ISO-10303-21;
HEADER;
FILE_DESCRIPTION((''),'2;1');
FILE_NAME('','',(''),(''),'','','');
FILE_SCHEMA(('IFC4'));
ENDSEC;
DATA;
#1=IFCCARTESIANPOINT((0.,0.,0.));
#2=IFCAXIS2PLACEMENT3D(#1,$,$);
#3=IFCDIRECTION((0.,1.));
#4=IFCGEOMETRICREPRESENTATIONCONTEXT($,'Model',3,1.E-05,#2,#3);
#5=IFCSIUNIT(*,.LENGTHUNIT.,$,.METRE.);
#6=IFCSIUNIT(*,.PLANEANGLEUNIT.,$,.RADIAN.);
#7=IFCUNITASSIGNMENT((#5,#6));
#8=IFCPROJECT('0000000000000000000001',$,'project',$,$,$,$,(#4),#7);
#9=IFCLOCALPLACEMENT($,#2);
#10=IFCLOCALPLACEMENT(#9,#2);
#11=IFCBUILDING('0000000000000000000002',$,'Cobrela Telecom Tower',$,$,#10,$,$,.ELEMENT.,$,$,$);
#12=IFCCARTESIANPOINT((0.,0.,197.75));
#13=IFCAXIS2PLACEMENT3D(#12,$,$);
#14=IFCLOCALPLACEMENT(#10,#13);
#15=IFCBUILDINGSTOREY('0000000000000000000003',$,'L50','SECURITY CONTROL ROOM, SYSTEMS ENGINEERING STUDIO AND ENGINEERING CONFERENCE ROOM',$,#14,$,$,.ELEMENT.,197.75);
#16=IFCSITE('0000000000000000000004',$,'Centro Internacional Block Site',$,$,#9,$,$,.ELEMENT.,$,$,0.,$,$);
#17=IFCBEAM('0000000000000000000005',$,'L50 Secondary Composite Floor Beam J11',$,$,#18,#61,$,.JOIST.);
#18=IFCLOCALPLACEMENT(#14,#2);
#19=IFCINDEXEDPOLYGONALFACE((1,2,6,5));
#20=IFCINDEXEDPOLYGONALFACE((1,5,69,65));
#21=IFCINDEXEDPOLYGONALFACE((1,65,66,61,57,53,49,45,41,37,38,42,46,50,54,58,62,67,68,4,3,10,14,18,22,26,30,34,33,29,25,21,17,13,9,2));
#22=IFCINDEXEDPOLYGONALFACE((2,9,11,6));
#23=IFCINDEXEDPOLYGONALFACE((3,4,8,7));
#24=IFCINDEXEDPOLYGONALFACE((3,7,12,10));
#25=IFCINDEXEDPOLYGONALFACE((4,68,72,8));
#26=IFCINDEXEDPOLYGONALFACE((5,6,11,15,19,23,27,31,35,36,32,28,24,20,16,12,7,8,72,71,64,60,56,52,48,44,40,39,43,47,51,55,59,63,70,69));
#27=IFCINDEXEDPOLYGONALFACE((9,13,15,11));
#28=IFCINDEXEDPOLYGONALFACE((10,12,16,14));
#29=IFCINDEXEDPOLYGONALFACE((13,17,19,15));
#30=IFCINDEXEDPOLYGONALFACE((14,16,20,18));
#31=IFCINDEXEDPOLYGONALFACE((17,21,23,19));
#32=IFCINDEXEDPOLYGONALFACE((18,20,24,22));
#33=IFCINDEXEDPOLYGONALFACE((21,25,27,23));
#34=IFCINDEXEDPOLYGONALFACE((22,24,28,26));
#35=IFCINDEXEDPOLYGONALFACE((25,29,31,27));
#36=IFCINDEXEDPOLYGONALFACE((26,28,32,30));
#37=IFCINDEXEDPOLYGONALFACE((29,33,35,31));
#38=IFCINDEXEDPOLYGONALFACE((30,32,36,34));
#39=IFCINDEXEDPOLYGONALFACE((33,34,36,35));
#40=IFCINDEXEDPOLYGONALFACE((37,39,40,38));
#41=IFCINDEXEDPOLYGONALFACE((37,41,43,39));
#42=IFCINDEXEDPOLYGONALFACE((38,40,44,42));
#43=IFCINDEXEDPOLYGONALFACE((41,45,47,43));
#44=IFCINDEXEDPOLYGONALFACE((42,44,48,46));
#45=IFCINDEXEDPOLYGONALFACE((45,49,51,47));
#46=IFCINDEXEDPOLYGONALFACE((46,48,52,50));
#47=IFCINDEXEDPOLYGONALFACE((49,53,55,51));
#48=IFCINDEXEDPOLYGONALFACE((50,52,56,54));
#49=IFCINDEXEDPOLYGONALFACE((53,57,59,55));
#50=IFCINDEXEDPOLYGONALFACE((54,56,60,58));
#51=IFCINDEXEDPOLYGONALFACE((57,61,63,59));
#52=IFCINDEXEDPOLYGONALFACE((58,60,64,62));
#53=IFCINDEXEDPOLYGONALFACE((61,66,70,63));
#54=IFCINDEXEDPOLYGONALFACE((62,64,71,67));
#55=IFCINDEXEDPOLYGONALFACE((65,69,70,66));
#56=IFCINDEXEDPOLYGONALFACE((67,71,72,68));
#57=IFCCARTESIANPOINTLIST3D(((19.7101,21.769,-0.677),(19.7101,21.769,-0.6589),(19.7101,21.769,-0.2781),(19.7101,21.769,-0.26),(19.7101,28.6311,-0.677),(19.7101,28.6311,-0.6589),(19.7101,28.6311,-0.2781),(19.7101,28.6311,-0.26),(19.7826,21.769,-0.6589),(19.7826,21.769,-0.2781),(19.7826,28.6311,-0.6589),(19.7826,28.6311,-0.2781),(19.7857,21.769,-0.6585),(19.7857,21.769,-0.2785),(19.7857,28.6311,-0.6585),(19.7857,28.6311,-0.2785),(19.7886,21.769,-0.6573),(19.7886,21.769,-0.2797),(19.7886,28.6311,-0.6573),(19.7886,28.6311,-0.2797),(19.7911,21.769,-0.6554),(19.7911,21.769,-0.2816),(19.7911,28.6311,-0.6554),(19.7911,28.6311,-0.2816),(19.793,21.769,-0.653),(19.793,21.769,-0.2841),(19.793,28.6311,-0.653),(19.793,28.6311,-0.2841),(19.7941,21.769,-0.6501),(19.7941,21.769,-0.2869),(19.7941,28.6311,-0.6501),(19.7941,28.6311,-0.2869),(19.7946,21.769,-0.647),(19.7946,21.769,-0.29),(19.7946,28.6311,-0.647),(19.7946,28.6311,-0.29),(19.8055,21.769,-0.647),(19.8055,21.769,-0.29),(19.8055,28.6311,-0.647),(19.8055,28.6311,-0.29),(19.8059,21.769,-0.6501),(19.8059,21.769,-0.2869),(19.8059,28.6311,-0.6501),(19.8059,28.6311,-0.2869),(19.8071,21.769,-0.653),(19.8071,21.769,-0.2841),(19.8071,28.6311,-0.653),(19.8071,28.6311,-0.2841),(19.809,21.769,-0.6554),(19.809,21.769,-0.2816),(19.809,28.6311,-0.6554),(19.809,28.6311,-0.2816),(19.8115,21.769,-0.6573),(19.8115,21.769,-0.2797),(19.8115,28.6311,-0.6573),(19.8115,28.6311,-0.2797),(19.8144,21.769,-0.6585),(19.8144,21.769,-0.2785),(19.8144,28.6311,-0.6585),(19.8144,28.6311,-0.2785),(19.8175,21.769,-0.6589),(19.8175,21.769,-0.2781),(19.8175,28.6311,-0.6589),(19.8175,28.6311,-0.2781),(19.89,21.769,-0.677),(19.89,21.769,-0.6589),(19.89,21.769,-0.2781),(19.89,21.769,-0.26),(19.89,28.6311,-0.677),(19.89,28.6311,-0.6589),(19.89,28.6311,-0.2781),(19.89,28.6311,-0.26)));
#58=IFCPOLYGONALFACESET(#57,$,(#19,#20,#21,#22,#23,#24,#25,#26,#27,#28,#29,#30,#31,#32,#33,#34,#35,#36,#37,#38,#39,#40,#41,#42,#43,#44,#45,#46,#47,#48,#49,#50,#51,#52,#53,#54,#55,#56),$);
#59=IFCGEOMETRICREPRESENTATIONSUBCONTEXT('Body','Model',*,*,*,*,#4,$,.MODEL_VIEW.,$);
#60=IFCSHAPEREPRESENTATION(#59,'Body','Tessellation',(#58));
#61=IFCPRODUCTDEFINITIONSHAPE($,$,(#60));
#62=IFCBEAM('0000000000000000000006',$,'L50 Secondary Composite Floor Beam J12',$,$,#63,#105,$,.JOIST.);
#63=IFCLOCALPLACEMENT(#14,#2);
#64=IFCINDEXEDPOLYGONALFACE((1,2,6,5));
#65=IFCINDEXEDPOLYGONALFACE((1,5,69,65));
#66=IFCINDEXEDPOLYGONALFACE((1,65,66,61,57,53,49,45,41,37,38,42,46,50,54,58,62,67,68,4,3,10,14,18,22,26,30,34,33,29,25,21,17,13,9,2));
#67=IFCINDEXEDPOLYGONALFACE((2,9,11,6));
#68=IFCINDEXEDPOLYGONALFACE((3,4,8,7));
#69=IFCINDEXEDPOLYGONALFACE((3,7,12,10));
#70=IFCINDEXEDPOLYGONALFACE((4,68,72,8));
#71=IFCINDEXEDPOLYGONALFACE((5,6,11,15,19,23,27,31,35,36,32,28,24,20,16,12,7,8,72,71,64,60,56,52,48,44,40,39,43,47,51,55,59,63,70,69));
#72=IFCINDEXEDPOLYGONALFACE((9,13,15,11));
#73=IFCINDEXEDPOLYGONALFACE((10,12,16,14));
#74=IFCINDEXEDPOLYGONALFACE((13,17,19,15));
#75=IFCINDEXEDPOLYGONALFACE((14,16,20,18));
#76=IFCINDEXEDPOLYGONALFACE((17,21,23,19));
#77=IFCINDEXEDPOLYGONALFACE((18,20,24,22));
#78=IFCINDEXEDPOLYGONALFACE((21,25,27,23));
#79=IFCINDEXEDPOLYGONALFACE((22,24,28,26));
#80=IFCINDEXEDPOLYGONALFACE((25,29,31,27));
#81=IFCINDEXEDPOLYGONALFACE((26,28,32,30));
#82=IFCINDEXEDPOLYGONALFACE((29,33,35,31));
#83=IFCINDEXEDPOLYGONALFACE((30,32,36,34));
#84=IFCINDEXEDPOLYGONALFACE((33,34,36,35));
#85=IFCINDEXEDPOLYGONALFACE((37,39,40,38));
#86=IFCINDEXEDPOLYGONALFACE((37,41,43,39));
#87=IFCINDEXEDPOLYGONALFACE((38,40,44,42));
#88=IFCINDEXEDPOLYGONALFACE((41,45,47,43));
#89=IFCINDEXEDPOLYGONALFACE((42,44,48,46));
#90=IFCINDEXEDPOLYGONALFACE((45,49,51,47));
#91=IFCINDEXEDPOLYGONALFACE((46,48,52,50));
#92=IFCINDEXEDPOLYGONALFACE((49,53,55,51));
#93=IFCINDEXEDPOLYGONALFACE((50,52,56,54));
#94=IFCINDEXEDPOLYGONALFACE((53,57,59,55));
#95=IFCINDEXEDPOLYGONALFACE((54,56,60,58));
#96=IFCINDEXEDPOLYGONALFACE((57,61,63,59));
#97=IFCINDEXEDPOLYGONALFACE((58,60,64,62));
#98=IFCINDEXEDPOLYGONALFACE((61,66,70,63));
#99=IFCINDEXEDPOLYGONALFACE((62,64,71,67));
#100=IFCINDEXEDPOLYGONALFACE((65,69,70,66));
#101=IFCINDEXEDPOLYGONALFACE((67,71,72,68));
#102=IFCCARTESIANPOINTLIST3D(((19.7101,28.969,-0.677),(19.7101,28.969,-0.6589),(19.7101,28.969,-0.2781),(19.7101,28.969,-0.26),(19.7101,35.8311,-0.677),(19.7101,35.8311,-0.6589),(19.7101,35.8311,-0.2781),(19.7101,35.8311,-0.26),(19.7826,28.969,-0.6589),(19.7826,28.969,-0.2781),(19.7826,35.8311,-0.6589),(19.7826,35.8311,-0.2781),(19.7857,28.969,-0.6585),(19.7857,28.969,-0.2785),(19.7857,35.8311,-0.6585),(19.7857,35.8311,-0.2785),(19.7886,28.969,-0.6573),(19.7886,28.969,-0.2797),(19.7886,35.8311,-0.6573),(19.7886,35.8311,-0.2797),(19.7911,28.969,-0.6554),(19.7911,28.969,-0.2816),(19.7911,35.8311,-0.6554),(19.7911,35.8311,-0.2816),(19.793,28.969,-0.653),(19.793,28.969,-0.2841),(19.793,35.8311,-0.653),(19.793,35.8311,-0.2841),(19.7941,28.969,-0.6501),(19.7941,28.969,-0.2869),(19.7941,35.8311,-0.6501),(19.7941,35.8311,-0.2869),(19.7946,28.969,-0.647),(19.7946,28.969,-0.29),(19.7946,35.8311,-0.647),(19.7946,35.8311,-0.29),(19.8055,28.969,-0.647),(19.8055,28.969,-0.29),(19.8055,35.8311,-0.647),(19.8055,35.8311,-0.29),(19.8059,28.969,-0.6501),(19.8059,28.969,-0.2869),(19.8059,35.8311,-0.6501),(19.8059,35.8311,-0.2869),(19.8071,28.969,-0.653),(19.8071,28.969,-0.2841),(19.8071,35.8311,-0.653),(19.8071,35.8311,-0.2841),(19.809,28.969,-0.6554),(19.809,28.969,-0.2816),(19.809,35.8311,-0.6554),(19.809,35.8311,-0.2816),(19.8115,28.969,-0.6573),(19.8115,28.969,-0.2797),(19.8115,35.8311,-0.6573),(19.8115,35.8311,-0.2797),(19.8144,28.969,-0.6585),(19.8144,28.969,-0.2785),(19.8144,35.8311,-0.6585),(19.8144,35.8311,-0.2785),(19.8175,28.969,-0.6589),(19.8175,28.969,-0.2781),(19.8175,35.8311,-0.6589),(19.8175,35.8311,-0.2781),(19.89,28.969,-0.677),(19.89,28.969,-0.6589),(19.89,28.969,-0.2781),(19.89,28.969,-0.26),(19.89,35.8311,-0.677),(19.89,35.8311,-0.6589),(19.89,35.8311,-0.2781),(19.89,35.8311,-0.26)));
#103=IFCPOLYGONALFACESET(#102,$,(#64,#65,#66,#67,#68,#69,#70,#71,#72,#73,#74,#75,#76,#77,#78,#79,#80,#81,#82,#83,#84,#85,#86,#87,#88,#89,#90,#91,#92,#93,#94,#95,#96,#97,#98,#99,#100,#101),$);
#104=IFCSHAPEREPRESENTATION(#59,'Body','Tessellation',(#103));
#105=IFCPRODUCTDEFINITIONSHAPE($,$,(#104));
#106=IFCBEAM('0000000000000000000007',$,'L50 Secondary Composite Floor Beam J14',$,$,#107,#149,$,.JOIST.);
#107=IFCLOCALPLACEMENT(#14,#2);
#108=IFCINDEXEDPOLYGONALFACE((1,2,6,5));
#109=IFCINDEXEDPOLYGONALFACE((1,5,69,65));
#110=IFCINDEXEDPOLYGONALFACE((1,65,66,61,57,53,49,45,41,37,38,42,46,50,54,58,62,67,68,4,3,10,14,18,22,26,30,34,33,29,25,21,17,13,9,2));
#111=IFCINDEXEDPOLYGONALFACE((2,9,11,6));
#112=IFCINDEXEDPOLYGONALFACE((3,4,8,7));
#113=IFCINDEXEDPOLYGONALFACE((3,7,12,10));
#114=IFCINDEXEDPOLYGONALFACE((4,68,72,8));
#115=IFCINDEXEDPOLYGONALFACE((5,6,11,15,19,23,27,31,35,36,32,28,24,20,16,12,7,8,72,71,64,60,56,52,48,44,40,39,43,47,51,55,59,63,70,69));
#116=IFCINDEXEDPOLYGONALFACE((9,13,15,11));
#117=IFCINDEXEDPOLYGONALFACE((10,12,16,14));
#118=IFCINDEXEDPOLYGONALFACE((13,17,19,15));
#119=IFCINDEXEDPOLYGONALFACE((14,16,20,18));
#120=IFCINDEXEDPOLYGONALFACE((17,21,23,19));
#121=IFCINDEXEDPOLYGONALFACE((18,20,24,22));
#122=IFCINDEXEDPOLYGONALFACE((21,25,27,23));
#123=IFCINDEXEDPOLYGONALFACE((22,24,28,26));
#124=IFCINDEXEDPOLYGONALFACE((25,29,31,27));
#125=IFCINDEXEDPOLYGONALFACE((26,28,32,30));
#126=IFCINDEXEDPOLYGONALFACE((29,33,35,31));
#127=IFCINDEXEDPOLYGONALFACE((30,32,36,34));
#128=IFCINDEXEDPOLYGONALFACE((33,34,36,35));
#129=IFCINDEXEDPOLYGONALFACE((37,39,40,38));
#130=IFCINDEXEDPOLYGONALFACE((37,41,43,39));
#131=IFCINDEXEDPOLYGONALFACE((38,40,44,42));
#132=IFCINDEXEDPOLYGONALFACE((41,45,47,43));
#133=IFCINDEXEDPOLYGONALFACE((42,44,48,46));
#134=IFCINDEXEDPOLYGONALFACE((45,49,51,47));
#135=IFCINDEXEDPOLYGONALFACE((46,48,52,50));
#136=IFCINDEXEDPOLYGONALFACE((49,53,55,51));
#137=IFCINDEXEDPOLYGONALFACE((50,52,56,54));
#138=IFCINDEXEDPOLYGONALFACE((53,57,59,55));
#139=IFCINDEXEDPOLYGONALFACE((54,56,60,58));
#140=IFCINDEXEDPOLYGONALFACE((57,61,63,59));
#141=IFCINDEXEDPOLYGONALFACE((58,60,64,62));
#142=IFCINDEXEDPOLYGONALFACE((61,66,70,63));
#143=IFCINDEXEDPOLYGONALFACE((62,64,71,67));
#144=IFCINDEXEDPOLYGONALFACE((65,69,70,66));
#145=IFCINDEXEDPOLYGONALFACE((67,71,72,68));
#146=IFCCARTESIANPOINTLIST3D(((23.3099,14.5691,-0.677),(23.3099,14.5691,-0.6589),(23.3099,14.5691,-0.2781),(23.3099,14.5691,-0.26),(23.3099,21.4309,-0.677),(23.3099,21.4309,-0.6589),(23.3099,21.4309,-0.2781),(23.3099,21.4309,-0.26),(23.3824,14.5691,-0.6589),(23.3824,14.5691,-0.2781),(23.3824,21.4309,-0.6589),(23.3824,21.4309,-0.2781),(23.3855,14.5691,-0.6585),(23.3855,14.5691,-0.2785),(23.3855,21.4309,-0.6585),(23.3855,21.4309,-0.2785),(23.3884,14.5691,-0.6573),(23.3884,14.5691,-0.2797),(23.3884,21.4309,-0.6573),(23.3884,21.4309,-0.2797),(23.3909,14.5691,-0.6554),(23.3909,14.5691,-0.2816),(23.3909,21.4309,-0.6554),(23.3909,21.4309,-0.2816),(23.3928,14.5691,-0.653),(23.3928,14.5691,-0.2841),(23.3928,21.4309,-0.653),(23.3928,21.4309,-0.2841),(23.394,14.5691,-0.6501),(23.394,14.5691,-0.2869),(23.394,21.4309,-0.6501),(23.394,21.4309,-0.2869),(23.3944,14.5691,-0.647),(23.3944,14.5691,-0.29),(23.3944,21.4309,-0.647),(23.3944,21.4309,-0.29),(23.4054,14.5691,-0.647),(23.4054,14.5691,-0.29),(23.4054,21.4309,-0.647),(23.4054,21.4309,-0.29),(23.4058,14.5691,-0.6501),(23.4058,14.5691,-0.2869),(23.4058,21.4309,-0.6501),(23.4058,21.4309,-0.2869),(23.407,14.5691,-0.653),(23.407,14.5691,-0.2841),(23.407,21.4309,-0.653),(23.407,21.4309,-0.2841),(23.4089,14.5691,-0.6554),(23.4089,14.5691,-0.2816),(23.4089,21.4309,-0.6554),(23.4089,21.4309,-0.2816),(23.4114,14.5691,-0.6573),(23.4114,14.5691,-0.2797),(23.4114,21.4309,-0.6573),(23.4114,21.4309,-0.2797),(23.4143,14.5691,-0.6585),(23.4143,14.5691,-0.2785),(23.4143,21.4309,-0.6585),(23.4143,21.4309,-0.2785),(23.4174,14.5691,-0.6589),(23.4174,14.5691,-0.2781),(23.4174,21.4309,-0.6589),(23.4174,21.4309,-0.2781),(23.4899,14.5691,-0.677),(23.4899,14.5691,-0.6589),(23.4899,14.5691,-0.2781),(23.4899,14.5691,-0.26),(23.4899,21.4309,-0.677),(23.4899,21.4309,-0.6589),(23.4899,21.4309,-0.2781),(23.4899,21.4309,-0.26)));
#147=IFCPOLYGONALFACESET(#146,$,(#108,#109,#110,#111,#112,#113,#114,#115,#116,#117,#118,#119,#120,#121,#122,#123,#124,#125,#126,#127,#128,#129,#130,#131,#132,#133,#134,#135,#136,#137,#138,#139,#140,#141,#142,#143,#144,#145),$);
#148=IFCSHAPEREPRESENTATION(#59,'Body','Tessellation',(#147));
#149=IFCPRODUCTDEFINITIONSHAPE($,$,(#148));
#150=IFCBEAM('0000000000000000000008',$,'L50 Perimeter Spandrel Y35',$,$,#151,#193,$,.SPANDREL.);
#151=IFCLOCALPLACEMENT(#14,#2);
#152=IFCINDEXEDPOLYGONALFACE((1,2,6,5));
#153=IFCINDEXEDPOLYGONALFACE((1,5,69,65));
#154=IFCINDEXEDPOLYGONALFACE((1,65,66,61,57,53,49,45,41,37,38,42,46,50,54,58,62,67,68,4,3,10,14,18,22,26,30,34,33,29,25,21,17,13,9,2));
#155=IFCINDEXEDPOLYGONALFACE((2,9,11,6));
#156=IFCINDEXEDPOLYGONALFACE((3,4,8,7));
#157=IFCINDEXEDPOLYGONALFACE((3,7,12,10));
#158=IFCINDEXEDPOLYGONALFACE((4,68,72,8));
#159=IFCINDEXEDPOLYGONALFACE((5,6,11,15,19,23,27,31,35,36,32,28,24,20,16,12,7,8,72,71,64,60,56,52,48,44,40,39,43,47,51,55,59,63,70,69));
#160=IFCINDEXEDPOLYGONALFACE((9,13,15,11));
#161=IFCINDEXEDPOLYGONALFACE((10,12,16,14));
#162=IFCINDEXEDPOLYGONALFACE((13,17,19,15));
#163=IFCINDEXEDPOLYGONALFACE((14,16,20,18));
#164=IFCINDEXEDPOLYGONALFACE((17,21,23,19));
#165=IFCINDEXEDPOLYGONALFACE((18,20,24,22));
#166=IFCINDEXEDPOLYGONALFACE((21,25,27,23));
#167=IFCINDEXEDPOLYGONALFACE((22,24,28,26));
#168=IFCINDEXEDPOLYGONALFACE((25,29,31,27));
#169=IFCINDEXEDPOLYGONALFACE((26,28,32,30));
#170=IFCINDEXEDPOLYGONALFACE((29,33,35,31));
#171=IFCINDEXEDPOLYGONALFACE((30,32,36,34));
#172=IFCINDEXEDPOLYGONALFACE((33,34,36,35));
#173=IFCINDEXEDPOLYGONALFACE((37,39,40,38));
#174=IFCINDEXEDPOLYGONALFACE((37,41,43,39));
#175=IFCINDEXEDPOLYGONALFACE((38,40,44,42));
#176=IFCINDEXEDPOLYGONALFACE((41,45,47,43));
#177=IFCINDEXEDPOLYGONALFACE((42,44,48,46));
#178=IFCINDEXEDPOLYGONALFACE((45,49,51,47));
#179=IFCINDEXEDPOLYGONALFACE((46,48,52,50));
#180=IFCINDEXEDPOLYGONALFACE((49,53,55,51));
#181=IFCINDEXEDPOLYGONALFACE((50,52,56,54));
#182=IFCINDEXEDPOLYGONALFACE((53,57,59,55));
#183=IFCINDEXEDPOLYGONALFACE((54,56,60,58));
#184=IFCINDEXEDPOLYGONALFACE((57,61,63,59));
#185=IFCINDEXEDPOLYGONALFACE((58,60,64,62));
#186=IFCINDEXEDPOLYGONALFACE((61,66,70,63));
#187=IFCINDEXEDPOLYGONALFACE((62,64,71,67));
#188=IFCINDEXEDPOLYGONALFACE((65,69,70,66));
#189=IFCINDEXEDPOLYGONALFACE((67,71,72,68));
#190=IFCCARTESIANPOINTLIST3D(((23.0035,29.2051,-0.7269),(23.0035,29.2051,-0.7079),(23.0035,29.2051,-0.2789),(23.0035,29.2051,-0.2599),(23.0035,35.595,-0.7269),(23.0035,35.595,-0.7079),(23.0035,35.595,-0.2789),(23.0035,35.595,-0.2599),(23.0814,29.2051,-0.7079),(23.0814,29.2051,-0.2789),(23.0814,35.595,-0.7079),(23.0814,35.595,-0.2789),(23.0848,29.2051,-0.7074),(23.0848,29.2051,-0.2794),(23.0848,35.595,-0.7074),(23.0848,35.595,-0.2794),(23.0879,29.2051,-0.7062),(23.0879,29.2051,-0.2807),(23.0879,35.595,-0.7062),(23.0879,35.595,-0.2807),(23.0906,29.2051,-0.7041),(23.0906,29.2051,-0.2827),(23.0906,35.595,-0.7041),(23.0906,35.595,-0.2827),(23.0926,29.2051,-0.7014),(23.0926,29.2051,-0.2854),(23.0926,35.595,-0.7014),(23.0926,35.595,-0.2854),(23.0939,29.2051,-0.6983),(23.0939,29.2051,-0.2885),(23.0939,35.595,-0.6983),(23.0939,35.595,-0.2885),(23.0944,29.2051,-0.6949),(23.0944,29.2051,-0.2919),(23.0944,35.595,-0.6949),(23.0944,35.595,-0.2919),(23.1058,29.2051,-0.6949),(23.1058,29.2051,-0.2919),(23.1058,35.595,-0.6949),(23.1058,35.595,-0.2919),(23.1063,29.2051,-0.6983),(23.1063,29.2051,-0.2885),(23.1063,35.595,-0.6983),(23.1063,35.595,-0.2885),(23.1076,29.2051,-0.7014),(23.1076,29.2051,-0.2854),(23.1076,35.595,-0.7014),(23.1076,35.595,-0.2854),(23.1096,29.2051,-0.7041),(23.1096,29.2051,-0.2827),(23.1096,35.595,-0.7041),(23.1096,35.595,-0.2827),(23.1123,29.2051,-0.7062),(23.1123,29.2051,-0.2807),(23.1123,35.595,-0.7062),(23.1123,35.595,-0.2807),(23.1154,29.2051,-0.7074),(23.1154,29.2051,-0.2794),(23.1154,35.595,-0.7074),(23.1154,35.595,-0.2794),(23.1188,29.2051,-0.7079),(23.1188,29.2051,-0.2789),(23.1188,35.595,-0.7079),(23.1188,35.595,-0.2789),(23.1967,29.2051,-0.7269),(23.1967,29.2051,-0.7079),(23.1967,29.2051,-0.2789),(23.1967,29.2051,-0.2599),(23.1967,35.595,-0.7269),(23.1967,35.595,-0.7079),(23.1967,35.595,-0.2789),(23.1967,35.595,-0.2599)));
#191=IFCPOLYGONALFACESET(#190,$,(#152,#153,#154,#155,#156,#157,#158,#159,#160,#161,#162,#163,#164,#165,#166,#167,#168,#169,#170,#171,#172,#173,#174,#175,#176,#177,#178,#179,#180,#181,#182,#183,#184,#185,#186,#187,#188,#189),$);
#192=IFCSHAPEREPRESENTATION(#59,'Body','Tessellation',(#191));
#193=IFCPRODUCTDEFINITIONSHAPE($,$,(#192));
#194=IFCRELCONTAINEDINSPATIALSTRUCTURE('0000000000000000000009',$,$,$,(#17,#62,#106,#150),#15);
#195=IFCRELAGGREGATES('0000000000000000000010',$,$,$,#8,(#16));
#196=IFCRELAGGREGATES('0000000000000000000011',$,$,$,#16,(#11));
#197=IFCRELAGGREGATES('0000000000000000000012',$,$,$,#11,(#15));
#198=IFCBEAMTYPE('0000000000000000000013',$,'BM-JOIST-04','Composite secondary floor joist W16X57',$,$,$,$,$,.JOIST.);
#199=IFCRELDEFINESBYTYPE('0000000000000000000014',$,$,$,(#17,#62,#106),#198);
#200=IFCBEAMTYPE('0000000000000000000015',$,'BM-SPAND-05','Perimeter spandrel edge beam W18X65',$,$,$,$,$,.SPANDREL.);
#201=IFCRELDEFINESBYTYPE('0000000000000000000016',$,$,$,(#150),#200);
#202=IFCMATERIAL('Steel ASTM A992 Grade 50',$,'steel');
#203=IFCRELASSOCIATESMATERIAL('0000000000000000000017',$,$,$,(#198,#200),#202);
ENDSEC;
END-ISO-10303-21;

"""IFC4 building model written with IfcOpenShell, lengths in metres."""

from ifc_helpers import new_model, si_unit, direction, frame, origin, origin_2d, place, context, subcontext, project, spatial, i_section, extrude, material, material_profile, profile_set, type_object, element, save


model = new_model("IFC4")

# Units and contexts
model_context = context("Model", 3, precision=1e-05, world=origin(), true_north=direction((0.0, 1.0)))
body_context = subcontext(model_context, "Body", "Model", "MODEL_VIEW")
ifc_project = project(units=[si_unit("LENGTHUNIT", "METRE"), si_unit("PLANEANGLEUNIT", "RADIAN")], contexts=[model_context])

# Site, building, storey
site_placement = place(None, origin())
site = spatial("IfcSite", under=ifc_project, at=site_placement, Name="Centro Internacional Block Site", CompositionType="ELEMENT", RefElevation=0.0)
building_placement = place(site_placement, origin())
building = spatial("IfcBuilding", under=site, at=building_placement, Name="Cobrela Telecom Tower", CompositionType="ELEMENT")
storey_placement = place(building_placement, frame((0.0, 0.0, 197.75)))
storey = spatial("IfcBuildingStorey", under=building, at=storey_placement, Name="L50", Description="SECURITY CONTROL ROOM, SYSTEMS ENGINEERING STUDIO AND ENGINEERING CONFERENCE ROOM", CompositionType="ELEMENT", Elevation=197.75)

# Shared definitions
ifc_material_1 = material(Name="Steel ASTM A992 Grade 50", Category="steel")

# Beams
ifc_material_profile_1 = material_profile(ifc_material_1, i_section(OverallWidth=0.1799, OverallDepth=0.417, WebThickness=0.011, FlangeThickness=0.0181, FilletRadius=0.012, at=origin_2d()), Name="W16X57")
ifc_profile_set_1 = profile_set([ifc_material_profile_1], Name="Steel ASTM A992 Grade 50")
beam_type_1 = type_object("IfcBeamType", Name="BM-JOIST-04", Description="Composite secondary floor joist W16X57", PredefinedType="JOIST", material=ifc_profile_set_1)
for number, where, z_axis, x_axis, name in (
    (1, (19.8, 21.769, -0.4685), (0.0, 1.0, 0.0), (-1.0, 0.0, 0.0), "L50 Secondary Composite Floor Beam J11"),
    (2, (19.8, 28.969, -0.4685), (0.0, 1.0, 0.0), (-1.0, 0.0, 0.0), "L50 Secondary Composite Floor Beam J12"),
):
    element("IfcBeam", number, at=place(storey_placement, frame(where, z_axis=z_axis, x_axis=x_axis)), inside=storey, type_object=beam_type_1, Name=name, PredefinedType="JOIST", context=body_context, shape_type="SweptSolid", body=[
        extrude(i_section(OverallWidth=0.1799, OverallDepth=0.417, WebThickness=0.011, FlangeThickness=0.0181, FilletRadius=0.012, at=origin_2d()), origin(), (0.0, 0.0, 1.0), 6.8621),
    ])
beam_1_placement = place(storey_placement, frame((23.3999, 14.5691, -0.4685), z_axis=(0.0, 1.0, 0.0), x_axis=(-1.0, 0.0, 0.0)))
element("IfcBeam", 3, at=beam_1_placement, inside=storey, type_object=beam_type_1, Name="L50 Secondary Composite Floor Beam J14", PredefinedType="JOIST", context=body_context, shape_type="SweptSolid", body=[
    extrude(i_section(OverallWidth=0.1799, OverallDepth=0.417, WebThickness=0.011, FlangeThickness=0.0181, FilletRadius=0.012, at=origin_2d()), origin(), (0.0, 0.0, 1.0), 6.8618),
])
ifc_material_profile_2 = material_profile(ifc_material_1, i_section(OverallWidth=0.1931, OverallDepth=0.467, WebThickness=0.0115, FlangeThickness=0.019, FilletRadius=0.0129, at=origin_2d()), Name="W18X65")
ifc_profile_set_2 = profile_set([ifc_material_profile_2], Name="Steel ASTM A992 Grade 50")
beam_type_2 = type_object("IfcBeamType", Name="BM-SPAND-05", Description="Perimeter spandrel edge beam W18X65", PredefinedType="SPANDREL", material=ifc_profile_set_2)
beam_2_placement = place(storey_placement, frame((23.1001, 29.2051, -0.4934), z_axis=(0.0, 1.0, 0.0), x_axis=(-1.0, 0.0, 0.0)))
element("IfcBeam", 4, at=beam_2_placement, inside=storey, type_object=beam_type_2, Name="L50 Perimeter Spandrel Y35", PredefinedType="SPANDREL", context=body_context, shape_type="SweptSolid", body=[
    extrude(i_section(OverallWidth=0.1931, OverallDepth=0.467, WebThickness=0.0115, FlangeThickness=0.019, FilletRadius=0.0129, at=origin_2d()), origin(), (0.0, 0.0, 1.0), 6.3899),
])

save(model, "model.ifc")
